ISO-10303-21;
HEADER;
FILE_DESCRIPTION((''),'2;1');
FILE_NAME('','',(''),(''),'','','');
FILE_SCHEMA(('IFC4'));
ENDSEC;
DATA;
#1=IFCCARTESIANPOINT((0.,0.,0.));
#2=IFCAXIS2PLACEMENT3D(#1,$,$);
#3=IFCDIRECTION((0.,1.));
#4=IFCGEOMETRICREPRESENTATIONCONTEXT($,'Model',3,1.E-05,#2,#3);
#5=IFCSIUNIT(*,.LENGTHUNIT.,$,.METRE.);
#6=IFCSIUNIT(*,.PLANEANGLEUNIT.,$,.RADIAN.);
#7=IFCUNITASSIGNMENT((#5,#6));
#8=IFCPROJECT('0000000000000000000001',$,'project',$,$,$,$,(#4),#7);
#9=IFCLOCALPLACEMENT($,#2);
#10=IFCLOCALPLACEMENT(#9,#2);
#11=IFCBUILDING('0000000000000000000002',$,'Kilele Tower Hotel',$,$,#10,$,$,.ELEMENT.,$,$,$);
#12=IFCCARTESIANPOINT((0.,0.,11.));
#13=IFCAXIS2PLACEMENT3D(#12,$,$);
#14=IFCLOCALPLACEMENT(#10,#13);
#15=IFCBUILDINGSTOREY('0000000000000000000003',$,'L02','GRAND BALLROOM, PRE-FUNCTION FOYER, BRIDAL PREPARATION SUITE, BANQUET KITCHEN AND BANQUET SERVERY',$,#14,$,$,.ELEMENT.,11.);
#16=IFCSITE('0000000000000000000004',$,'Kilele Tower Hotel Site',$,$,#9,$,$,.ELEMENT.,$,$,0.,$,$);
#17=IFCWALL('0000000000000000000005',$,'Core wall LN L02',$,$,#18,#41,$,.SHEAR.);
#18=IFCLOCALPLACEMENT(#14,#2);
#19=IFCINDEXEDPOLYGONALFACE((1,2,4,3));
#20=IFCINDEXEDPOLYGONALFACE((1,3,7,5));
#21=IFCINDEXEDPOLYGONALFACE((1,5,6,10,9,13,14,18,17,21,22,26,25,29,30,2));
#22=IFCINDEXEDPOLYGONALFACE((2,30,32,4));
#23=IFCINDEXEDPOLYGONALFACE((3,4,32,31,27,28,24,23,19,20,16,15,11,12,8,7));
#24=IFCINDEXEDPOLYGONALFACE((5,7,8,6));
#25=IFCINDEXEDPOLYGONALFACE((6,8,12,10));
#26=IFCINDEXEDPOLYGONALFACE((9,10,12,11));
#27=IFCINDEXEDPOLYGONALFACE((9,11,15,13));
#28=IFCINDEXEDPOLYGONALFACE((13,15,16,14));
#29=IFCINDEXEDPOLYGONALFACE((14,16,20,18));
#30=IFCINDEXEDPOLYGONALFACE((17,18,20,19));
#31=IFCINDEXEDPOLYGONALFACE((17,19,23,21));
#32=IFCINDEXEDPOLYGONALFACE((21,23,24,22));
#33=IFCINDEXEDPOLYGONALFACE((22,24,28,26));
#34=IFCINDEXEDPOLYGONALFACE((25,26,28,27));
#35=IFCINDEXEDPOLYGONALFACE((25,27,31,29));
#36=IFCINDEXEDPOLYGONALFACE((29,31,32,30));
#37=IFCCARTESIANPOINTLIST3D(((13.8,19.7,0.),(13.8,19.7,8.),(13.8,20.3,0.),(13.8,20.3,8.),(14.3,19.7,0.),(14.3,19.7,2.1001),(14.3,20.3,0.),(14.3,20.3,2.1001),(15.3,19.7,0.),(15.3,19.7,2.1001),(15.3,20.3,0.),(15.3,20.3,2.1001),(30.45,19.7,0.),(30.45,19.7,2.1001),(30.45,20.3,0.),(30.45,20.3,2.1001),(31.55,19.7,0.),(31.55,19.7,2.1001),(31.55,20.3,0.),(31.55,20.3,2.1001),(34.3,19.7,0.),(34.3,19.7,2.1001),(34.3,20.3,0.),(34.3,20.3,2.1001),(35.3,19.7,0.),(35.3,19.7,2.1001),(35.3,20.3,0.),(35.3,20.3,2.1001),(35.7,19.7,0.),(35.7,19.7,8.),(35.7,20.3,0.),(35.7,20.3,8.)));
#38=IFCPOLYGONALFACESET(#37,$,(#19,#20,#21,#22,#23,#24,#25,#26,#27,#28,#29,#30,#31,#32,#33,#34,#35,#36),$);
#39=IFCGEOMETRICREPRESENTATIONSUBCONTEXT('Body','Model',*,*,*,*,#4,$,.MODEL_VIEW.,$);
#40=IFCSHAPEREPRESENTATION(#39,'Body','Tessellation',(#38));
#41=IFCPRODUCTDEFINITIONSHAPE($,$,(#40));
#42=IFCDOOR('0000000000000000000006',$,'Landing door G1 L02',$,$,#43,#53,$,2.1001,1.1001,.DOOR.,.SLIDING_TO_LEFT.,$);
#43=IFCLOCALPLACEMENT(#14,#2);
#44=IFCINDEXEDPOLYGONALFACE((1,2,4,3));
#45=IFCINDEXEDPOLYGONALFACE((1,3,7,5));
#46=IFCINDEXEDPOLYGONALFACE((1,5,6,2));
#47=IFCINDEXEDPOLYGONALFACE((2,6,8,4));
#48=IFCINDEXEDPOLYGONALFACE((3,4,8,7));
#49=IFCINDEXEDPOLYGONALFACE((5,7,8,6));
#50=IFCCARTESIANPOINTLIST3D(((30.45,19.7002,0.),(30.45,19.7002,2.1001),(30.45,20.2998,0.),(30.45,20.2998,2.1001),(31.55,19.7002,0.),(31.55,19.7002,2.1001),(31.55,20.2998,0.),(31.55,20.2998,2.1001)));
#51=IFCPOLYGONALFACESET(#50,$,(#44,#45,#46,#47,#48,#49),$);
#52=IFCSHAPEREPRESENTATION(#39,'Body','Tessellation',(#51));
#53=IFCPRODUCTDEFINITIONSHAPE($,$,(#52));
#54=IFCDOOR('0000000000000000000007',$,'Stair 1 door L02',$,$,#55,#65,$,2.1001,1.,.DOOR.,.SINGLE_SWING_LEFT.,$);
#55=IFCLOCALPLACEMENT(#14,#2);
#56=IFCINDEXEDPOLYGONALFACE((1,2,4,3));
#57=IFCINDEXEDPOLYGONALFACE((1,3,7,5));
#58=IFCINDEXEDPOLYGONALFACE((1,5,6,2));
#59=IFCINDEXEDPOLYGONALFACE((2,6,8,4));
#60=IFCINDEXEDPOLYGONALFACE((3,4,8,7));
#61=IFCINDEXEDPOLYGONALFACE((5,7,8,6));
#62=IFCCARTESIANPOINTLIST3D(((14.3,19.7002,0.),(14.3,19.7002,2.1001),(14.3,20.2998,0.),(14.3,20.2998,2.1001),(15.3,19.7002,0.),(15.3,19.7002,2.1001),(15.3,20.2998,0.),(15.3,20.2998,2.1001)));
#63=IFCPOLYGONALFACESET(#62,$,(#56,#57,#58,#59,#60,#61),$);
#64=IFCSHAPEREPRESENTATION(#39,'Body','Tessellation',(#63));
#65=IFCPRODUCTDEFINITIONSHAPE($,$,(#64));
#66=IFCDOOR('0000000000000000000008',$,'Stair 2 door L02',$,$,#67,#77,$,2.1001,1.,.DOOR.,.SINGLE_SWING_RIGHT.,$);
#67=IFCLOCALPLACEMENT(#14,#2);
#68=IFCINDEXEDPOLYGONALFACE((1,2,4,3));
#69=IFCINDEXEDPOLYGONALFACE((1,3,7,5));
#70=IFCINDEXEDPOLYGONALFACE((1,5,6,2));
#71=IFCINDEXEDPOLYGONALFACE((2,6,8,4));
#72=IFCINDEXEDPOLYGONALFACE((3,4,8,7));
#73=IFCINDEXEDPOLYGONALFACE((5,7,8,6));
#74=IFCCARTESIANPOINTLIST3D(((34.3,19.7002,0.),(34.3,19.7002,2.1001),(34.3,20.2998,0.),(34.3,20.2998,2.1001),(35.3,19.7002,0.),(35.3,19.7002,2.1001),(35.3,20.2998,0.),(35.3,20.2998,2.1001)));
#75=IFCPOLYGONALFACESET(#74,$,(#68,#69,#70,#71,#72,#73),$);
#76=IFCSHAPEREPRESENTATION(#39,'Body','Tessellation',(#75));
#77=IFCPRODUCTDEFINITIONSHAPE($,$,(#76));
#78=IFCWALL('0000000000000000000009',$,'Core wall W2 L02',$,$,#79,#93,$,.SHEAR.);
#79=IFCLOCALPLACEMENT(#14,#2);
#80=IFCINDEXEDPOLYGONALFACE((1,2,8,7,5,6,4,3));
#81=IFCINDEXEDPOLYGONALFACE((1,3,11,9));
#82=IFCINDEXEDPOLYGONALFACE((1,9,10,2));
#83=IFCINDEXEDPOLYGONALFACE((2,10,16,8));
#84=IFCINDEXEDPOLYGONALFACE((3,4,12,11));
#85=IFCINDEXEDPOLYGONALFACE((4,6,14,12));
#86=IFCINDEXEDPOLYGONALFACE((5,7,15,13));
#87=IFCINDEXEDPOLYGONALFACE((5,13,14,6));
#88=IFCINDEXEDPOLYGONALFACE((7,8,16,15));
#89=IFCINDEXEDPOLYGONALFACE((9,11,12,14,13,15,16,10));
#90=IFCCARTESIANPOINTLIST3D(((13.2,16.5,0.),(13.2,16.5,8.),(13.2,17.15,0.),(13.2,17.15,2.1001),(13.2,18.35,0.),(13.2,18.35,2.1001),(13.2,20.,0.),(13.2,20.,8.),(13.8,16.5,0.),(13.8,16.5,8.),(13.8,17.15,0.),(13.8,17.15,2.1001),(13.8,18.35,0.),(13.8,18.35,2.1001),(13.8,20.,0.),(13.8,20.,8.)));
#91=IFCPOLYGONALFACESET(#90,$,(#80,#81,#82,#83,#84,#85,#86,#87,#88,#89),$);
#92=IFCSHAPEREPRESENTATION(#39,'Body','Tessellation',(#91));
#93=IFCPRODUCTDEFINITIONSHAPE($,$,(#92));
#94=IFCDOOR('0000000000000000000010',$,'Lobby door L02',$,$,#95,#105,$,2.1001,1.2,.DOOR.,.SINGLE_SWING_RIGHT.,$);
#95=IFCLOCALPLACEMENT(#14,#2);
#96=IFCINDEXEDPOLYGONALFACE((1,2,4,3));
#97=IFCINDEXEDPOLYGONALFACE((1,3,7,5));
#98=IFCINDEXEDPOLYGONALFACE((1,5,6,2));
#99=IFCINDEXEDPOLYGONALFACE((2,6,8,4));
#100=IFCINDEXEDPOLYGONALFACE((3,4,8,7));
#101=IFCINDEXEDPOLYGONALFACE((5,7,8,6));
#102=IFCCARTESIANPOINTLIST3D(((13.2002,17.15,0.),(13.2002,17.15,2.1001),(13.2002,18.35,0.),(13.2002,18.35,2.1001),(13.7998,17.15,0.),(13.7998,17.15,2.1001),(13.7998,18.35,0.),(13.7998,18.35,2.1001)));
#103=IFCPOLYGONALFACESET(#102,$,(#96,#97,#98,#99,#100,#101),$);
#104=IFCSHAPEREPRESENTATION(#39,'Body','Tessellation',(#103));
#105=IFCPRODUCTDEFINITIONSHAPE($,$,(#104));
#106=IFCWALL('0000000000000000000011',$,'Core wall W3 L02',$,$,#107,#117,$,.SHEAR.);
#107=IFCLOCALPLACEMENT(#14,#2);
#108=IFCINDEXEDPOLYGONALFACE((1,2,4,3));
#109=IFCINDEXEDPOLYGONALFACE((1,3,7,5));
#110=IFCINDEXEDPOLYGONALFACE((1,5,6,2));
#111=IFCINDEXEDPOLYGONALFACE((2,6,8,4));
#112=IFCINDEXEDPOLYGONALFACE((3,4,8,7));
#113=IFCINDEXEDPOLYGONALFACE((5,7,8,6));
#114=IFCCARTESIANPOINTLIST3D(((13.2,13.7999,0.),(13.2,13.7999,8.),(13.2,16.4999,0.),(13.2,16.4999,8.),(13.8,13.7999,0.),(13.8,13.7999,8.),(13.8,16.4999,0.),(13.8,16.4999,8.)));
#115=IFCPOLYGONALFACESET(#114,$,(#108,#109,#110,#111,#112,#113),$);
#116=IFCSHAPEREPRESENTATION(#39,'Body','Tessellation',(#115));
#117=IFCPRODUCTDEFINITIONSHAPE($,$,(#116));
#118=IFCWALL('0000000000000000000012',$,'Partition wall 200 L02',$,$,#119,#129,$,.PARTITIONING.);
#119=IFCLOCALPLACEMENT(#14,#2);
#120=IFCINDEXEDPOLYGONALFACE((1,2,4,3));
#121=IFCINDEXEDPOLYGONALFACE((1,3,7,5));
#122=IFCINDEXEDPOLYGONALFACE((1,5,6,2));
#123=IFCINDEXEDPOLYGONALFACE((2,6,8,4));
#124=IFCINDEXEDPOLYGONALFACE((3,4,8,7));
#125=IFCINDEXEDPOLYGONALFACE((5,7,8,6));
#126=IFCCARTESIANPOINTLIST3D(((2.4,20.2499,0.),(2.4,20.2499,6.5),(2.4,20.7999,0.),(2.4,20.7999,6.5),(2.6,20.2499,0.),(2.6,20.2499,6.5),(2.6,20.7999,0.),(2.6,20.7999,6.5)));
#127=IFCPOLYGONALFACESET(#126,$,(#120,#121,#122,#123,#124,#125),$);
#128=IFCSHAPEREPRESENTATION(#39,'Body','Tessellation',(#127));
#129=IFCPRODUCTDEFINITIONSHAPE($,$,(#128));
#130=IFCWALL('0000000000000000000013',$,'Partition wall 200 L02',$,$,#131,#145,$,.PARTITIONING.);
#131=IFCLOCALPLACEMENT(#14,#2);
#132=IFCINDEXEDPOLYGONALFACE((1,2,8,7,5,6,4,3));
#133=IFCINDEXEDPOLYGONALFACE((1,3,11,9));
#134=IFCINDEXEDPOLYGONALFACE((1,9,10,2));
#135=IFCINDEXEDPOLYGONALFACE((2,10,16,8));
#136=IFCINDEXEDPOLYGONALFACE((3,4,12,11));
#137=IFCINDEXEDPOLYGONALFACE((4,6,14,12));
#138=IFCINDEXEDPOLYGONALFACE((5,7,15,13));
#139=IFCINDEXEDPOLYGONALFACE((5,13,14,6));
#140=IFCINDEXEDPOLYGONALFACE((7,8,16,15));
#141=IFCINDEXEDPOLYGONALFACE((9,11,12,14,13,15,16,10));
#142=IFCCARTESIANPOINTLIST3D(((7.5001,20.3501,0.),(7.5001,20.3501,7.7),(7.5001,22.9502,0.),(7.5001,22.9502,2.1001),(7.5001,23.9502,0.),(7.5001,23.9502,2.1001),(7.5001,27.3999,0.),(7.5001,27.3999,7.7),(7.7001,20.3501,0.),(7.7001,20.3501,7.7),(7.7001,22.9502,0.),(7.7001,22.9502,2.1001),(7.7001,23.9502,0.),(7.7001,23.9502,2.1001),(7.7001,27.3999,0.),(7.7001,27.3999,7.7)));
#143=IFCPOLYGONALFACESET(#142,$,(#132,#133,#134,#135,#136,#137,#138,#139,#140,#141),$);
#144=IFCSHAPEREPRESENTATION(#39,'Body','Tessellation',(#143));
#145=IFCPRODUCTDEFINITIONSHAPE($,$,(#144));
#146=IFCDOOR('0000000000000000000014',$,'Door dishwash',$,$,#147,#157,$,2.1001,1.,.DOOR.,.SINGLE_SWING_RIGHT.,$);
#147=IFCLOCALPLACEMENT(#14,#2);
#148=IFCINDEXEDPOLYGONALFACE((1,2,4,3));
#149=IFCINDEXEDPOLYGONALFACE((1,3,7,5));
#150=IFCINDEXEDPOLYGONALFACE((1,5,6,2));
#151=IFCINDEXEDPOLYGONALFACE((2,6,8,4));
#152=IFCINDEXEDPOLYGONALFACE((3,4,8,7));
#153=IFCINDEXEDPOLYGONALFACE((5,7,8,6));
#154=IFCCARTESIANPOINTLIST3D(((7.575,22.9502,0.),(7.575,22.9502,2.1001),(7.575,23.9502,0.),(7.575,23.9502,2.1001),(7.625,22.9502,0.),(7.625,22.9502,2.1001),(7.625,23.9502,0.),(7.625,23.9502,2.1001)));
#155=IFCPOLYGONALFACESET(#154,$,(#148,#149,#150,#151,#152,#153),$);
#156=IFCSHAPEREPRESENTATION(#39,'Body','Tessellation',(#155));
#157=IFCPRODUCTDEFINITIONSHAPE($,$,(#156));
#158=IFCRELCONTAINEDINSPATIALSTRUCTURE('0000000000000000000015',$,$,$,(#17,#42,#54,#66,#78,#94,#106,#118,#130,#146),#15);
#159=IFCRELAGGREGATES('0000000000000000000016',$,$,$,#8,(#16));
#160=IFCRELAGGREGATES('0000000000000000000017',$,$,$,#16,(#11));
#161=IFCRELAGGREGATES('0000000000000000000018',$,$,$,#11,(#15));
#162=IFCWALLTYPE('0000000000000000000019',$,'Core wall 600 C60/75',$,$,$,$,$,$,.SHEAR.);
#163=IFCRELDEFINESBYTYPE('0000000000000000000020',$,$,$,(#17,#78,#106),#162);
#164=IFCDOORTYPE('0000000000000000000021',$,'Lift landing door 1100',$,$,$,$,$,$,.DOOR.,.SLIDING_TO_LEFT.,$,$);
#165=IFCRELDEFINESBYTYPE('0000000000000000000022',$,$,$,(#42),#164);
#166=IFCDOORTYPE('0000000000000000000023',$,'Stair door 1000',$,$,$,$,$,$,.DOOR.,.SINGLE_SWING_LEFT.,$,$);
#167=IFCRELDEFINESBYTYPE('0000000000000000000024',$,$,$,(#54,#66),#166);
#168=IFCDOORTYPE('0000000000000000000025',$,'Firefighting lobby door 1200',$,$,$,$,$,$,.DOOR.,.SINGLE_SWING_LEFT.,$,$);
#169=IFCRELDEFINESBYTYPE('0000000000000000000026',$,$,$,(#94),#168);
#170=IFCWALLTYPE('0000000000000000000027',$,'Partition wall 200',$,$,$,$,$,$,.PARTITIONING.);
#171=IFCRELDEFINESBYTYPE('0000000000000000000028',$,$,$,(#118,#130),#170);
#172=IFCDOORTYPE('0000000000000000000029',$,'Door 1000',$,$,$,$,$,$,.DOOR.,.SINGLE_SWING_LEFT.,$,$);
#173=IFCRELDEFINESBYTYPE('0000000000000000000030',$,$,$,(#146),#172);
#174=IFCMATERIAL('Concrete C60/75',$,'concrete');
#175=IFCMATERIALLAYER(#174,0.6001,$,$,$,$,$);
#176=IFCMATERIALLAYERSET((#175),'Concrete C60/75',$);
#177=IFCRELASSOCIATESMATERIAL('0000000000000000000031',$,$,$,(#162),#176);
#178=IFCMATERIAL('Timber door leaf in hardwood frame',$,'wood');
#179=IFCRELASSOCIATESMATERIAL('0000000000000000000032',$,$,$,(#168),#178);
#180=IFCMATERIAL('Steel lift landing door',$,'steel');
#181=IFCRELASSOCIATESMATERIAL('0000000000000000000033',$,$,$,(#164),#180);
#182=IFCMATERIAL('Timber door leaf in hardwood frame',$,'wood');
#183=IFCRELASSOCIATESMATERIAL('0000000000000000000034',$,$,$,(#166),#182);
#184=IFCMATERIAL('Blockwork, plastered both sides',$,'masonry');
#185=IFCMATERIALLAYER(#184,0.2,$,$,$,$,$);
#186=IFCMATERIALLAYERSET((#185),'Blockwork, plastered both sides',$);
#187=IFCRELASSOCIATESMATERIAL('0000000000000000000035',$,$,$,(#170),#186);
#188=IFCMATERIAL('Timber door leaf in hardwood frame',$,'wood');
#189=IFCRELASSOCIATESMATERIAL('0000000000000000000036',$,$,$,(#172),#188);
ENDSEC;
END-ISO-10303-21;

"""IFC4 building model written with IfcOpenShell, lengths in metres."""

from ifc_helpers import new_model, si_unit, direction, frame, frame_2d, origin, place, context, subcontext, project, spatial, rectangle, extrude, material, layer, layer_set, type_object, element, fill, save


model = new_model("IFC4")

# Units and contexts
model_context = context("Model", 3, precision=1e-05, world=origin(), true_north=direction((0.0, 1.0)))
body_context = subcontext(model_context, "Body", "Model", "MODEL_VIEW")
ifc_project = project(units=[si_unit("LENGTHUNIT", "METRE"), si_unit("PLANEANGLEUNIT", "RADIAN")], contexts=[model_context])

# Site, building, storey
site_placement = place(None, origin())
site = spatial("IfcSite", under=ifc_project, at=site_placement, Name="Kilele Tower Hotel Site", CompositionType="ELEMENT", RefElevation=0.0)
building_placement = place(site_placement, origin())
building = spatial("IfcBuilding", under=site, at=building_placement, Name="Kilele Tower Hotel", CompositionType="ELEMENT")
storey_placement = place(building_placement, frame((0.0, 0.0, 11.0)))
storey = spatial("IfcBuildingStorey", under=building, at=storey_placement, Name="L02", Description="GRAND BALLROOM, PRE-FUNCTION FOYER, BRIDAL PREPARATION SUITE, BANQUET KITCHEN AND BANQUET SERVERY", CompositionType="ELEMENT", Elevation=11.0)

# Shared definitions
ifc_material_1 = material(Name="Concrete C60/75", Category="concrete")
ifc_layer_1 = layer(ifc_material_1, 0.6001)
ifc_layer_set_1 = layer_set([ifc_layer_1], Name="Concrete C60/75")
wall_type_1 = type_object("IfcWallType", Name="Core wall 600 C60/75", PredefinedType="SHEAR", material=ifc_layer_set_1)

# Shared definitions
ifc_material_2 = material(Name="Timber door leaf in hardwood frame", Category="wood")
door_type_1 = type_object("IfcDoorType", Name="Firefighting lobby door 1200", OperationType="SINGLE_SWING_LEFT", PredefinedType="DOOR", material=ifc_material_2)

# Wall, openings, doors
ifc_material_3 = material(Name="Steel lift landing door", Category="steel")
door_type_2 = type_object("IfcDoorType", Name="Lift landing door 1100", OperationType="SLIDING_TO_LEFT", PredefinedType="DOOR", material=ifc_material_3)
wall_1_placement = place(storey_placement, frame((13.8, 20.0, 0.0), z_axis=(0.0, 0.0, 1.0), x_axis=(1.0, 0.0, 0.0)))
wall_1 = element("IfcWall", 1, at=wall_1_placement, inside=storey, type_object=wall_type_1, Name="Core wall LN L02", PredefinedType="SHEAR", context=body_context, shape_type="SweptSolid", body=[
    extrude(rectangle(XDim=21.8999, YDim=0.6001, at=frame_2d((10.95, 0.0))), origin(), (0.0, 0.0, 1.0), 8.0),
])
opening_1_placement = place(wall_1_placement, frame((0.5, 0.0, 0.0)))
opening_1 = element("IfcOpeningElement", 2, at=opening_1_placement, cuts=wall_1, PredefinedType="OPENING", context=body_context, shape_type="SweptSolid", body=[
    extrude(rectangle(XDim=1.0, YDim=2.1001, at=frame_2d((0.5, 1.05))), frame((0.0, 0.3101, 0.0), z_axis=(0.0, -1.0, 0.0), x_axis=(1.0, 0.0, 0.0)), (0.0, 0.0, 1.0), 0.6201),
])
opening_2_placement = place(wall_1_placement, frame((20.5, 0.0, 0.0)))
opening_2 = element("IfcOpeningElement", 3, at=opening_2_placement, cuts=wall_1, PredefinedType="OPENING", context=body_context, shape_type="SweptSolid", body=[
    extrude(rectangle(XDim=1.0, YDim=2.1001, at=frame_2d((0.5, 1.05))), frame((0.0, 0.3101, 0.0), z_axis=(0.0, -1.0, 0.0), x_axis=(1.0, 0.0, 0.0)), (0.0, 0.0, 1.0), 0.6201),
])
opening_3_placement = place(wall_1_placement, frame((16.6499, 0.0, 0.0)))
opening_3 = element("IfcOpeningElement", 4, at=opening_3_placement, cuts=wall_1, PredefinedType="OPENING", context=body_context, shape_type="SweptSolid", body=[
    extrude(rectangle(XDim=1.1001, YDim=2.1001, at=frame_2d((0.55, 1.05))), frame((0.0, 0.3101, 0.0), z_axis=(0.0, -1.0, 0.0), x_axis=(1.0, 0.0, 0.0)), (0.0, 0.0, 1.0), 0.6201),
])
door_1_placement = place(opening_3_placement, origin())
door_1 = element("IfcDoor", 5, at=door_1_placement, inside=storey, type_object=door_type_2, Name="Landing door G1 L02", OperationType="SLIDING_TO_LEFT", OverallHeight=2.1001, OverallWidth=1.1001, PredefinedType="DOOR", context=body_context, shape_type="SweptSolid", body=[
    extrude(rectangle(XDim=1.1001, YDim=2.1001, at=frame_2d((0.55, 1.05))), frame((0.0, 0.2998, 0.0), z_axis=(0.0, -1.0, 0.0), x_axis=(1.0, 0.0, 0.0)), (0.0, 0.0, 1.0), 0.5996),
])
fill(opening_3, door_1)
ifc_material_4 = material(Name="Timber door leaf in hardwood frame", Category="wood")
door_type_3 = type_object("IfcDoorType", Name="Stair door 1000", OperationType="SINGLE_SWING_LEFT", PredefinedType="DOOR", material=ifc_material_4)
door_2_placement = place(opening_1_placement, origin())
door_2 = element("IfcDoor", 6, at=door_2_placement, inside=storey, type_object=door_type_3, Name="Stair 1 door L02", OperationType="SINGLE_SWING_LEFT", OverallHeight=2.1001, OverallWidth=1.0, PredefinedType="DOOR", context=body_context, shape_type="SweptSolid", body=[
    extrude(rectangle(XDim=1.0, YDim=2.1001, at=frame_2d((0.5, 1.05))), frame((0.0, 0.2998, 0.0), z_axis=(0.0, -1.0, 0.0), x_axis=(1.0, 0.0, 0.0)), (0.0, 0.0, 1.0), 0.5996),
])
fill(opening_1, door_2)
door_3_placement = place(opening_2_placement, origin())
door_3 = element("IfcDoor", 7, at=door_3_placement, inside=storey, type_object=door_type_3, Name="Stair 2 door L02", OperationType="SINGLE_SWING_RIGHT", OverallHeight=2.1001, OverallWidth=1.0, PredefinedType="DOOR", context=body_context, shape_type="SweptSolid", body=[
    extrude(rectangle(XDim=1.0, YDim=2.1001, at=frame_2d((0.5, 1.05))), frame((0.0, 0.2998, 0.0), z_axis=(0.0, -1.0, 0.0), x_axis=(1.0, 0.0, 0.0)), (0.0, 0.0, 1.0), 0.5996),
])
fill(opening_2, door_3)

# Wall, opening, door
wall_2_placement = place(storey_placement, frame((13.5, 20.0, 0.0), z_axis=(0.0, 0.0, 1.0), x_axis=(0.0, -1.0, 0.0)))
wall_2 = element("IfcWall", 8, at=wall_2_placement, inside=storey, type_object=wall_type_1, Name="Core wall W2 L02", PredefinedType="SHEAR", context=body_context, shape_type="SweptSolid", body=[
    extrude(rectangle(XDim=3.5, YDim=0.6001, at=frame_2d((1.75, 0.0))), origin(), (0.0, 0.0, 1.0), 8.0),
])
opening_4_placement = place(wall_2_placement, frame((1.6499, 0.0, 0.0)))
opening_4 = element("IfcOpeningElement", 9, at=opening_4_placement, cuts=wall_2, PredefinedType="OPENING", context=body_context, shape_type="SweptSolid", body=[
    extrude(rectangle(XDim=1.2, YDim=2.1001, at=frame_2d((0.6001, 1.05))), frame((0.0, 0.3101, 0.0), z_axis=(0.0, -1.0, 0.0), x_axis=(1.0, 0.0, 0.0)), (0.0, 0.0, 1.0), 0.6201),
])
door_4_placement = place(opening_4_placement, origin())
door_4 = element("IfcDoor", 10, at=door_4_placement, inside=storey, type_object=door_type_1, Name="Lobby door L02", OperationType="SINGLE_SWING_RIGHT", OverallHeight=2.1001, OverallWidth=1.2, PredefinedType="DOOR", context=body_context, shape_type="SweptSolid", body=[
    extrude(rectangle(XDim=1.2, YDim=2.1001, at=frame_2d((0.6001, 1.05))), frame((0.0, 0.2998, 0.0), z_axis=(0.0, -1.0, 0.0), x_axis=(1.0, 0.0, 0.0)), (0.0, 0.0, 1.0), 0.5996),
])
fill(opening_4, door_4)

# Walls
wall_3_placement = place(storey_placement, frame((13.5, 16.5, 0.0), z_axis=(0.0, 0.0, 1.0), x_axis=(0.0, -1.0, 0.0)))
element("IfcWall", 11, at=wall_3_placement, inside=storey, type_object=wall_type_1, Name="Core wall W3 L02", PredefinedType="SHEAR", context=body_context, shape_type="SweptSolid", body=[
    extrude(rectangle(XDim=2.7, YDim=0.6001, at=frame_2d((1.3501, 0.0))), origin(), (0.0, 0.0, 1.0), 8.0),
])
ifc_material_5 = material(Name="Blockwork, plastered both sides", Category="masonry")
ifc_layer_2 = layer(ifc_material_5, 0.2)
ifc_layer_set_2 = layer_set([ifc_layer_2], Name="Blockwork, plastered both sides")
wall_type_2 = type_object("IfcWallType", Name="Partition wall 200", PredefinedType="PARTITIONING", material=ifc_layer_set_2)
wall_4_placement = place(storey_placement, frame((2.5, 20.25, 0.0), z_axis=(0.0, 0.0, 1.0), x_axis=(0.0, 1.0, 0.0)))
element("IfcWall", 12, at=wall_4_placement, inside=storey, type_object=wall_type_2, Name="Partition wall 200 L02", PredefinedType="PARTITIONING", context=body_context, shape_type="SweptSolid", body=[
    extrude(rectangle(XDim=0.55, YDim=0.2, at=frame_2d((0.2749, 0.0))), origin(), (0.0, 0.0, 1.0), 6.5),
])

# Wall, opening, door
wall_5_placement = place(storey_placement, frame((7.6001, 20.3501, 0.0), z_axis=(0.0, 0.0, 1.0), x_axis=(0.0, 1.0, 0.0)))
wall_5 = element("IfcWall", 13, at=wall_5_placement, inside=storey, type_object=wall_type_2, Name="Partition wall 200 L02", PredefinedType="PARTITIONING", context=body_context, shape_type="SweptSolid", body=[
    extrude(rectangle(XDim=7.0498, YDim=0.2, at=frame_2d((3.5249, 0.0))), origin(), (0.0, 0.0, 1.0), 7.7),
])
opening_5_placement = place(wall_5_placement, frame((3.6001, 0.0, 0.0), z_axis=(0.0, 0.0, 1.0), x_axis=(-1.0, 0.0, 0.0)))
opening_5 = element("IfcOpeningElement", 14, at=opening_5_placement, cuts=wall_5, PredefinedType="OPENING", context=body_context, shape_type="SweptSolid", body=[
    extrude(rectangle(XDim=1.0, YDim=2.1001, at=frame_2d((0.5, 1.05))), frame((0.0, 0.1099, 0.0), z_axis=(0.0, -1.0, 0.0), x_axis=(1.0, 0.0, 0.0)), (0.0, 0.0, 1.0), 0.22),
])
ifc_material_6 = material(Name="Timber door leaf in hardwood frame", Category="wood")
door_type_4 = type_object("IfcDoorType", Name="Door 1000", OperationType="SINGLE_SWING_LEFT", PredefinedType="DOOR", material=ifc_material_6)
door_5_placement = place(opening_5_placement, origin())
door_5 = element("IfcDoor", 15, at=door_5_placement, inside=storey, type_object=door_type_4, Name="Door dishwash", OperationType="SINGLE_SWING_RIGHT", OverallHeight=2.1001, OverallWidth=1.0, PredefinedType="DOOR", context=body_context, shape_type="SweptSolid", body=[
    extrude(rectangle(XDim=1.0, YDim=2.1001, at=frame_2d((0.5, 1.05))), frame((0.0, 0.0249, 0.0), z_axis=(0.0, -1.0, 0.0), x_axis=(1.0, 0.0, 0.0)), (0.0, 0.0, 1.0), 0.05),
])
fill(opening_5, door_5)

save(model, "model.ifc")
